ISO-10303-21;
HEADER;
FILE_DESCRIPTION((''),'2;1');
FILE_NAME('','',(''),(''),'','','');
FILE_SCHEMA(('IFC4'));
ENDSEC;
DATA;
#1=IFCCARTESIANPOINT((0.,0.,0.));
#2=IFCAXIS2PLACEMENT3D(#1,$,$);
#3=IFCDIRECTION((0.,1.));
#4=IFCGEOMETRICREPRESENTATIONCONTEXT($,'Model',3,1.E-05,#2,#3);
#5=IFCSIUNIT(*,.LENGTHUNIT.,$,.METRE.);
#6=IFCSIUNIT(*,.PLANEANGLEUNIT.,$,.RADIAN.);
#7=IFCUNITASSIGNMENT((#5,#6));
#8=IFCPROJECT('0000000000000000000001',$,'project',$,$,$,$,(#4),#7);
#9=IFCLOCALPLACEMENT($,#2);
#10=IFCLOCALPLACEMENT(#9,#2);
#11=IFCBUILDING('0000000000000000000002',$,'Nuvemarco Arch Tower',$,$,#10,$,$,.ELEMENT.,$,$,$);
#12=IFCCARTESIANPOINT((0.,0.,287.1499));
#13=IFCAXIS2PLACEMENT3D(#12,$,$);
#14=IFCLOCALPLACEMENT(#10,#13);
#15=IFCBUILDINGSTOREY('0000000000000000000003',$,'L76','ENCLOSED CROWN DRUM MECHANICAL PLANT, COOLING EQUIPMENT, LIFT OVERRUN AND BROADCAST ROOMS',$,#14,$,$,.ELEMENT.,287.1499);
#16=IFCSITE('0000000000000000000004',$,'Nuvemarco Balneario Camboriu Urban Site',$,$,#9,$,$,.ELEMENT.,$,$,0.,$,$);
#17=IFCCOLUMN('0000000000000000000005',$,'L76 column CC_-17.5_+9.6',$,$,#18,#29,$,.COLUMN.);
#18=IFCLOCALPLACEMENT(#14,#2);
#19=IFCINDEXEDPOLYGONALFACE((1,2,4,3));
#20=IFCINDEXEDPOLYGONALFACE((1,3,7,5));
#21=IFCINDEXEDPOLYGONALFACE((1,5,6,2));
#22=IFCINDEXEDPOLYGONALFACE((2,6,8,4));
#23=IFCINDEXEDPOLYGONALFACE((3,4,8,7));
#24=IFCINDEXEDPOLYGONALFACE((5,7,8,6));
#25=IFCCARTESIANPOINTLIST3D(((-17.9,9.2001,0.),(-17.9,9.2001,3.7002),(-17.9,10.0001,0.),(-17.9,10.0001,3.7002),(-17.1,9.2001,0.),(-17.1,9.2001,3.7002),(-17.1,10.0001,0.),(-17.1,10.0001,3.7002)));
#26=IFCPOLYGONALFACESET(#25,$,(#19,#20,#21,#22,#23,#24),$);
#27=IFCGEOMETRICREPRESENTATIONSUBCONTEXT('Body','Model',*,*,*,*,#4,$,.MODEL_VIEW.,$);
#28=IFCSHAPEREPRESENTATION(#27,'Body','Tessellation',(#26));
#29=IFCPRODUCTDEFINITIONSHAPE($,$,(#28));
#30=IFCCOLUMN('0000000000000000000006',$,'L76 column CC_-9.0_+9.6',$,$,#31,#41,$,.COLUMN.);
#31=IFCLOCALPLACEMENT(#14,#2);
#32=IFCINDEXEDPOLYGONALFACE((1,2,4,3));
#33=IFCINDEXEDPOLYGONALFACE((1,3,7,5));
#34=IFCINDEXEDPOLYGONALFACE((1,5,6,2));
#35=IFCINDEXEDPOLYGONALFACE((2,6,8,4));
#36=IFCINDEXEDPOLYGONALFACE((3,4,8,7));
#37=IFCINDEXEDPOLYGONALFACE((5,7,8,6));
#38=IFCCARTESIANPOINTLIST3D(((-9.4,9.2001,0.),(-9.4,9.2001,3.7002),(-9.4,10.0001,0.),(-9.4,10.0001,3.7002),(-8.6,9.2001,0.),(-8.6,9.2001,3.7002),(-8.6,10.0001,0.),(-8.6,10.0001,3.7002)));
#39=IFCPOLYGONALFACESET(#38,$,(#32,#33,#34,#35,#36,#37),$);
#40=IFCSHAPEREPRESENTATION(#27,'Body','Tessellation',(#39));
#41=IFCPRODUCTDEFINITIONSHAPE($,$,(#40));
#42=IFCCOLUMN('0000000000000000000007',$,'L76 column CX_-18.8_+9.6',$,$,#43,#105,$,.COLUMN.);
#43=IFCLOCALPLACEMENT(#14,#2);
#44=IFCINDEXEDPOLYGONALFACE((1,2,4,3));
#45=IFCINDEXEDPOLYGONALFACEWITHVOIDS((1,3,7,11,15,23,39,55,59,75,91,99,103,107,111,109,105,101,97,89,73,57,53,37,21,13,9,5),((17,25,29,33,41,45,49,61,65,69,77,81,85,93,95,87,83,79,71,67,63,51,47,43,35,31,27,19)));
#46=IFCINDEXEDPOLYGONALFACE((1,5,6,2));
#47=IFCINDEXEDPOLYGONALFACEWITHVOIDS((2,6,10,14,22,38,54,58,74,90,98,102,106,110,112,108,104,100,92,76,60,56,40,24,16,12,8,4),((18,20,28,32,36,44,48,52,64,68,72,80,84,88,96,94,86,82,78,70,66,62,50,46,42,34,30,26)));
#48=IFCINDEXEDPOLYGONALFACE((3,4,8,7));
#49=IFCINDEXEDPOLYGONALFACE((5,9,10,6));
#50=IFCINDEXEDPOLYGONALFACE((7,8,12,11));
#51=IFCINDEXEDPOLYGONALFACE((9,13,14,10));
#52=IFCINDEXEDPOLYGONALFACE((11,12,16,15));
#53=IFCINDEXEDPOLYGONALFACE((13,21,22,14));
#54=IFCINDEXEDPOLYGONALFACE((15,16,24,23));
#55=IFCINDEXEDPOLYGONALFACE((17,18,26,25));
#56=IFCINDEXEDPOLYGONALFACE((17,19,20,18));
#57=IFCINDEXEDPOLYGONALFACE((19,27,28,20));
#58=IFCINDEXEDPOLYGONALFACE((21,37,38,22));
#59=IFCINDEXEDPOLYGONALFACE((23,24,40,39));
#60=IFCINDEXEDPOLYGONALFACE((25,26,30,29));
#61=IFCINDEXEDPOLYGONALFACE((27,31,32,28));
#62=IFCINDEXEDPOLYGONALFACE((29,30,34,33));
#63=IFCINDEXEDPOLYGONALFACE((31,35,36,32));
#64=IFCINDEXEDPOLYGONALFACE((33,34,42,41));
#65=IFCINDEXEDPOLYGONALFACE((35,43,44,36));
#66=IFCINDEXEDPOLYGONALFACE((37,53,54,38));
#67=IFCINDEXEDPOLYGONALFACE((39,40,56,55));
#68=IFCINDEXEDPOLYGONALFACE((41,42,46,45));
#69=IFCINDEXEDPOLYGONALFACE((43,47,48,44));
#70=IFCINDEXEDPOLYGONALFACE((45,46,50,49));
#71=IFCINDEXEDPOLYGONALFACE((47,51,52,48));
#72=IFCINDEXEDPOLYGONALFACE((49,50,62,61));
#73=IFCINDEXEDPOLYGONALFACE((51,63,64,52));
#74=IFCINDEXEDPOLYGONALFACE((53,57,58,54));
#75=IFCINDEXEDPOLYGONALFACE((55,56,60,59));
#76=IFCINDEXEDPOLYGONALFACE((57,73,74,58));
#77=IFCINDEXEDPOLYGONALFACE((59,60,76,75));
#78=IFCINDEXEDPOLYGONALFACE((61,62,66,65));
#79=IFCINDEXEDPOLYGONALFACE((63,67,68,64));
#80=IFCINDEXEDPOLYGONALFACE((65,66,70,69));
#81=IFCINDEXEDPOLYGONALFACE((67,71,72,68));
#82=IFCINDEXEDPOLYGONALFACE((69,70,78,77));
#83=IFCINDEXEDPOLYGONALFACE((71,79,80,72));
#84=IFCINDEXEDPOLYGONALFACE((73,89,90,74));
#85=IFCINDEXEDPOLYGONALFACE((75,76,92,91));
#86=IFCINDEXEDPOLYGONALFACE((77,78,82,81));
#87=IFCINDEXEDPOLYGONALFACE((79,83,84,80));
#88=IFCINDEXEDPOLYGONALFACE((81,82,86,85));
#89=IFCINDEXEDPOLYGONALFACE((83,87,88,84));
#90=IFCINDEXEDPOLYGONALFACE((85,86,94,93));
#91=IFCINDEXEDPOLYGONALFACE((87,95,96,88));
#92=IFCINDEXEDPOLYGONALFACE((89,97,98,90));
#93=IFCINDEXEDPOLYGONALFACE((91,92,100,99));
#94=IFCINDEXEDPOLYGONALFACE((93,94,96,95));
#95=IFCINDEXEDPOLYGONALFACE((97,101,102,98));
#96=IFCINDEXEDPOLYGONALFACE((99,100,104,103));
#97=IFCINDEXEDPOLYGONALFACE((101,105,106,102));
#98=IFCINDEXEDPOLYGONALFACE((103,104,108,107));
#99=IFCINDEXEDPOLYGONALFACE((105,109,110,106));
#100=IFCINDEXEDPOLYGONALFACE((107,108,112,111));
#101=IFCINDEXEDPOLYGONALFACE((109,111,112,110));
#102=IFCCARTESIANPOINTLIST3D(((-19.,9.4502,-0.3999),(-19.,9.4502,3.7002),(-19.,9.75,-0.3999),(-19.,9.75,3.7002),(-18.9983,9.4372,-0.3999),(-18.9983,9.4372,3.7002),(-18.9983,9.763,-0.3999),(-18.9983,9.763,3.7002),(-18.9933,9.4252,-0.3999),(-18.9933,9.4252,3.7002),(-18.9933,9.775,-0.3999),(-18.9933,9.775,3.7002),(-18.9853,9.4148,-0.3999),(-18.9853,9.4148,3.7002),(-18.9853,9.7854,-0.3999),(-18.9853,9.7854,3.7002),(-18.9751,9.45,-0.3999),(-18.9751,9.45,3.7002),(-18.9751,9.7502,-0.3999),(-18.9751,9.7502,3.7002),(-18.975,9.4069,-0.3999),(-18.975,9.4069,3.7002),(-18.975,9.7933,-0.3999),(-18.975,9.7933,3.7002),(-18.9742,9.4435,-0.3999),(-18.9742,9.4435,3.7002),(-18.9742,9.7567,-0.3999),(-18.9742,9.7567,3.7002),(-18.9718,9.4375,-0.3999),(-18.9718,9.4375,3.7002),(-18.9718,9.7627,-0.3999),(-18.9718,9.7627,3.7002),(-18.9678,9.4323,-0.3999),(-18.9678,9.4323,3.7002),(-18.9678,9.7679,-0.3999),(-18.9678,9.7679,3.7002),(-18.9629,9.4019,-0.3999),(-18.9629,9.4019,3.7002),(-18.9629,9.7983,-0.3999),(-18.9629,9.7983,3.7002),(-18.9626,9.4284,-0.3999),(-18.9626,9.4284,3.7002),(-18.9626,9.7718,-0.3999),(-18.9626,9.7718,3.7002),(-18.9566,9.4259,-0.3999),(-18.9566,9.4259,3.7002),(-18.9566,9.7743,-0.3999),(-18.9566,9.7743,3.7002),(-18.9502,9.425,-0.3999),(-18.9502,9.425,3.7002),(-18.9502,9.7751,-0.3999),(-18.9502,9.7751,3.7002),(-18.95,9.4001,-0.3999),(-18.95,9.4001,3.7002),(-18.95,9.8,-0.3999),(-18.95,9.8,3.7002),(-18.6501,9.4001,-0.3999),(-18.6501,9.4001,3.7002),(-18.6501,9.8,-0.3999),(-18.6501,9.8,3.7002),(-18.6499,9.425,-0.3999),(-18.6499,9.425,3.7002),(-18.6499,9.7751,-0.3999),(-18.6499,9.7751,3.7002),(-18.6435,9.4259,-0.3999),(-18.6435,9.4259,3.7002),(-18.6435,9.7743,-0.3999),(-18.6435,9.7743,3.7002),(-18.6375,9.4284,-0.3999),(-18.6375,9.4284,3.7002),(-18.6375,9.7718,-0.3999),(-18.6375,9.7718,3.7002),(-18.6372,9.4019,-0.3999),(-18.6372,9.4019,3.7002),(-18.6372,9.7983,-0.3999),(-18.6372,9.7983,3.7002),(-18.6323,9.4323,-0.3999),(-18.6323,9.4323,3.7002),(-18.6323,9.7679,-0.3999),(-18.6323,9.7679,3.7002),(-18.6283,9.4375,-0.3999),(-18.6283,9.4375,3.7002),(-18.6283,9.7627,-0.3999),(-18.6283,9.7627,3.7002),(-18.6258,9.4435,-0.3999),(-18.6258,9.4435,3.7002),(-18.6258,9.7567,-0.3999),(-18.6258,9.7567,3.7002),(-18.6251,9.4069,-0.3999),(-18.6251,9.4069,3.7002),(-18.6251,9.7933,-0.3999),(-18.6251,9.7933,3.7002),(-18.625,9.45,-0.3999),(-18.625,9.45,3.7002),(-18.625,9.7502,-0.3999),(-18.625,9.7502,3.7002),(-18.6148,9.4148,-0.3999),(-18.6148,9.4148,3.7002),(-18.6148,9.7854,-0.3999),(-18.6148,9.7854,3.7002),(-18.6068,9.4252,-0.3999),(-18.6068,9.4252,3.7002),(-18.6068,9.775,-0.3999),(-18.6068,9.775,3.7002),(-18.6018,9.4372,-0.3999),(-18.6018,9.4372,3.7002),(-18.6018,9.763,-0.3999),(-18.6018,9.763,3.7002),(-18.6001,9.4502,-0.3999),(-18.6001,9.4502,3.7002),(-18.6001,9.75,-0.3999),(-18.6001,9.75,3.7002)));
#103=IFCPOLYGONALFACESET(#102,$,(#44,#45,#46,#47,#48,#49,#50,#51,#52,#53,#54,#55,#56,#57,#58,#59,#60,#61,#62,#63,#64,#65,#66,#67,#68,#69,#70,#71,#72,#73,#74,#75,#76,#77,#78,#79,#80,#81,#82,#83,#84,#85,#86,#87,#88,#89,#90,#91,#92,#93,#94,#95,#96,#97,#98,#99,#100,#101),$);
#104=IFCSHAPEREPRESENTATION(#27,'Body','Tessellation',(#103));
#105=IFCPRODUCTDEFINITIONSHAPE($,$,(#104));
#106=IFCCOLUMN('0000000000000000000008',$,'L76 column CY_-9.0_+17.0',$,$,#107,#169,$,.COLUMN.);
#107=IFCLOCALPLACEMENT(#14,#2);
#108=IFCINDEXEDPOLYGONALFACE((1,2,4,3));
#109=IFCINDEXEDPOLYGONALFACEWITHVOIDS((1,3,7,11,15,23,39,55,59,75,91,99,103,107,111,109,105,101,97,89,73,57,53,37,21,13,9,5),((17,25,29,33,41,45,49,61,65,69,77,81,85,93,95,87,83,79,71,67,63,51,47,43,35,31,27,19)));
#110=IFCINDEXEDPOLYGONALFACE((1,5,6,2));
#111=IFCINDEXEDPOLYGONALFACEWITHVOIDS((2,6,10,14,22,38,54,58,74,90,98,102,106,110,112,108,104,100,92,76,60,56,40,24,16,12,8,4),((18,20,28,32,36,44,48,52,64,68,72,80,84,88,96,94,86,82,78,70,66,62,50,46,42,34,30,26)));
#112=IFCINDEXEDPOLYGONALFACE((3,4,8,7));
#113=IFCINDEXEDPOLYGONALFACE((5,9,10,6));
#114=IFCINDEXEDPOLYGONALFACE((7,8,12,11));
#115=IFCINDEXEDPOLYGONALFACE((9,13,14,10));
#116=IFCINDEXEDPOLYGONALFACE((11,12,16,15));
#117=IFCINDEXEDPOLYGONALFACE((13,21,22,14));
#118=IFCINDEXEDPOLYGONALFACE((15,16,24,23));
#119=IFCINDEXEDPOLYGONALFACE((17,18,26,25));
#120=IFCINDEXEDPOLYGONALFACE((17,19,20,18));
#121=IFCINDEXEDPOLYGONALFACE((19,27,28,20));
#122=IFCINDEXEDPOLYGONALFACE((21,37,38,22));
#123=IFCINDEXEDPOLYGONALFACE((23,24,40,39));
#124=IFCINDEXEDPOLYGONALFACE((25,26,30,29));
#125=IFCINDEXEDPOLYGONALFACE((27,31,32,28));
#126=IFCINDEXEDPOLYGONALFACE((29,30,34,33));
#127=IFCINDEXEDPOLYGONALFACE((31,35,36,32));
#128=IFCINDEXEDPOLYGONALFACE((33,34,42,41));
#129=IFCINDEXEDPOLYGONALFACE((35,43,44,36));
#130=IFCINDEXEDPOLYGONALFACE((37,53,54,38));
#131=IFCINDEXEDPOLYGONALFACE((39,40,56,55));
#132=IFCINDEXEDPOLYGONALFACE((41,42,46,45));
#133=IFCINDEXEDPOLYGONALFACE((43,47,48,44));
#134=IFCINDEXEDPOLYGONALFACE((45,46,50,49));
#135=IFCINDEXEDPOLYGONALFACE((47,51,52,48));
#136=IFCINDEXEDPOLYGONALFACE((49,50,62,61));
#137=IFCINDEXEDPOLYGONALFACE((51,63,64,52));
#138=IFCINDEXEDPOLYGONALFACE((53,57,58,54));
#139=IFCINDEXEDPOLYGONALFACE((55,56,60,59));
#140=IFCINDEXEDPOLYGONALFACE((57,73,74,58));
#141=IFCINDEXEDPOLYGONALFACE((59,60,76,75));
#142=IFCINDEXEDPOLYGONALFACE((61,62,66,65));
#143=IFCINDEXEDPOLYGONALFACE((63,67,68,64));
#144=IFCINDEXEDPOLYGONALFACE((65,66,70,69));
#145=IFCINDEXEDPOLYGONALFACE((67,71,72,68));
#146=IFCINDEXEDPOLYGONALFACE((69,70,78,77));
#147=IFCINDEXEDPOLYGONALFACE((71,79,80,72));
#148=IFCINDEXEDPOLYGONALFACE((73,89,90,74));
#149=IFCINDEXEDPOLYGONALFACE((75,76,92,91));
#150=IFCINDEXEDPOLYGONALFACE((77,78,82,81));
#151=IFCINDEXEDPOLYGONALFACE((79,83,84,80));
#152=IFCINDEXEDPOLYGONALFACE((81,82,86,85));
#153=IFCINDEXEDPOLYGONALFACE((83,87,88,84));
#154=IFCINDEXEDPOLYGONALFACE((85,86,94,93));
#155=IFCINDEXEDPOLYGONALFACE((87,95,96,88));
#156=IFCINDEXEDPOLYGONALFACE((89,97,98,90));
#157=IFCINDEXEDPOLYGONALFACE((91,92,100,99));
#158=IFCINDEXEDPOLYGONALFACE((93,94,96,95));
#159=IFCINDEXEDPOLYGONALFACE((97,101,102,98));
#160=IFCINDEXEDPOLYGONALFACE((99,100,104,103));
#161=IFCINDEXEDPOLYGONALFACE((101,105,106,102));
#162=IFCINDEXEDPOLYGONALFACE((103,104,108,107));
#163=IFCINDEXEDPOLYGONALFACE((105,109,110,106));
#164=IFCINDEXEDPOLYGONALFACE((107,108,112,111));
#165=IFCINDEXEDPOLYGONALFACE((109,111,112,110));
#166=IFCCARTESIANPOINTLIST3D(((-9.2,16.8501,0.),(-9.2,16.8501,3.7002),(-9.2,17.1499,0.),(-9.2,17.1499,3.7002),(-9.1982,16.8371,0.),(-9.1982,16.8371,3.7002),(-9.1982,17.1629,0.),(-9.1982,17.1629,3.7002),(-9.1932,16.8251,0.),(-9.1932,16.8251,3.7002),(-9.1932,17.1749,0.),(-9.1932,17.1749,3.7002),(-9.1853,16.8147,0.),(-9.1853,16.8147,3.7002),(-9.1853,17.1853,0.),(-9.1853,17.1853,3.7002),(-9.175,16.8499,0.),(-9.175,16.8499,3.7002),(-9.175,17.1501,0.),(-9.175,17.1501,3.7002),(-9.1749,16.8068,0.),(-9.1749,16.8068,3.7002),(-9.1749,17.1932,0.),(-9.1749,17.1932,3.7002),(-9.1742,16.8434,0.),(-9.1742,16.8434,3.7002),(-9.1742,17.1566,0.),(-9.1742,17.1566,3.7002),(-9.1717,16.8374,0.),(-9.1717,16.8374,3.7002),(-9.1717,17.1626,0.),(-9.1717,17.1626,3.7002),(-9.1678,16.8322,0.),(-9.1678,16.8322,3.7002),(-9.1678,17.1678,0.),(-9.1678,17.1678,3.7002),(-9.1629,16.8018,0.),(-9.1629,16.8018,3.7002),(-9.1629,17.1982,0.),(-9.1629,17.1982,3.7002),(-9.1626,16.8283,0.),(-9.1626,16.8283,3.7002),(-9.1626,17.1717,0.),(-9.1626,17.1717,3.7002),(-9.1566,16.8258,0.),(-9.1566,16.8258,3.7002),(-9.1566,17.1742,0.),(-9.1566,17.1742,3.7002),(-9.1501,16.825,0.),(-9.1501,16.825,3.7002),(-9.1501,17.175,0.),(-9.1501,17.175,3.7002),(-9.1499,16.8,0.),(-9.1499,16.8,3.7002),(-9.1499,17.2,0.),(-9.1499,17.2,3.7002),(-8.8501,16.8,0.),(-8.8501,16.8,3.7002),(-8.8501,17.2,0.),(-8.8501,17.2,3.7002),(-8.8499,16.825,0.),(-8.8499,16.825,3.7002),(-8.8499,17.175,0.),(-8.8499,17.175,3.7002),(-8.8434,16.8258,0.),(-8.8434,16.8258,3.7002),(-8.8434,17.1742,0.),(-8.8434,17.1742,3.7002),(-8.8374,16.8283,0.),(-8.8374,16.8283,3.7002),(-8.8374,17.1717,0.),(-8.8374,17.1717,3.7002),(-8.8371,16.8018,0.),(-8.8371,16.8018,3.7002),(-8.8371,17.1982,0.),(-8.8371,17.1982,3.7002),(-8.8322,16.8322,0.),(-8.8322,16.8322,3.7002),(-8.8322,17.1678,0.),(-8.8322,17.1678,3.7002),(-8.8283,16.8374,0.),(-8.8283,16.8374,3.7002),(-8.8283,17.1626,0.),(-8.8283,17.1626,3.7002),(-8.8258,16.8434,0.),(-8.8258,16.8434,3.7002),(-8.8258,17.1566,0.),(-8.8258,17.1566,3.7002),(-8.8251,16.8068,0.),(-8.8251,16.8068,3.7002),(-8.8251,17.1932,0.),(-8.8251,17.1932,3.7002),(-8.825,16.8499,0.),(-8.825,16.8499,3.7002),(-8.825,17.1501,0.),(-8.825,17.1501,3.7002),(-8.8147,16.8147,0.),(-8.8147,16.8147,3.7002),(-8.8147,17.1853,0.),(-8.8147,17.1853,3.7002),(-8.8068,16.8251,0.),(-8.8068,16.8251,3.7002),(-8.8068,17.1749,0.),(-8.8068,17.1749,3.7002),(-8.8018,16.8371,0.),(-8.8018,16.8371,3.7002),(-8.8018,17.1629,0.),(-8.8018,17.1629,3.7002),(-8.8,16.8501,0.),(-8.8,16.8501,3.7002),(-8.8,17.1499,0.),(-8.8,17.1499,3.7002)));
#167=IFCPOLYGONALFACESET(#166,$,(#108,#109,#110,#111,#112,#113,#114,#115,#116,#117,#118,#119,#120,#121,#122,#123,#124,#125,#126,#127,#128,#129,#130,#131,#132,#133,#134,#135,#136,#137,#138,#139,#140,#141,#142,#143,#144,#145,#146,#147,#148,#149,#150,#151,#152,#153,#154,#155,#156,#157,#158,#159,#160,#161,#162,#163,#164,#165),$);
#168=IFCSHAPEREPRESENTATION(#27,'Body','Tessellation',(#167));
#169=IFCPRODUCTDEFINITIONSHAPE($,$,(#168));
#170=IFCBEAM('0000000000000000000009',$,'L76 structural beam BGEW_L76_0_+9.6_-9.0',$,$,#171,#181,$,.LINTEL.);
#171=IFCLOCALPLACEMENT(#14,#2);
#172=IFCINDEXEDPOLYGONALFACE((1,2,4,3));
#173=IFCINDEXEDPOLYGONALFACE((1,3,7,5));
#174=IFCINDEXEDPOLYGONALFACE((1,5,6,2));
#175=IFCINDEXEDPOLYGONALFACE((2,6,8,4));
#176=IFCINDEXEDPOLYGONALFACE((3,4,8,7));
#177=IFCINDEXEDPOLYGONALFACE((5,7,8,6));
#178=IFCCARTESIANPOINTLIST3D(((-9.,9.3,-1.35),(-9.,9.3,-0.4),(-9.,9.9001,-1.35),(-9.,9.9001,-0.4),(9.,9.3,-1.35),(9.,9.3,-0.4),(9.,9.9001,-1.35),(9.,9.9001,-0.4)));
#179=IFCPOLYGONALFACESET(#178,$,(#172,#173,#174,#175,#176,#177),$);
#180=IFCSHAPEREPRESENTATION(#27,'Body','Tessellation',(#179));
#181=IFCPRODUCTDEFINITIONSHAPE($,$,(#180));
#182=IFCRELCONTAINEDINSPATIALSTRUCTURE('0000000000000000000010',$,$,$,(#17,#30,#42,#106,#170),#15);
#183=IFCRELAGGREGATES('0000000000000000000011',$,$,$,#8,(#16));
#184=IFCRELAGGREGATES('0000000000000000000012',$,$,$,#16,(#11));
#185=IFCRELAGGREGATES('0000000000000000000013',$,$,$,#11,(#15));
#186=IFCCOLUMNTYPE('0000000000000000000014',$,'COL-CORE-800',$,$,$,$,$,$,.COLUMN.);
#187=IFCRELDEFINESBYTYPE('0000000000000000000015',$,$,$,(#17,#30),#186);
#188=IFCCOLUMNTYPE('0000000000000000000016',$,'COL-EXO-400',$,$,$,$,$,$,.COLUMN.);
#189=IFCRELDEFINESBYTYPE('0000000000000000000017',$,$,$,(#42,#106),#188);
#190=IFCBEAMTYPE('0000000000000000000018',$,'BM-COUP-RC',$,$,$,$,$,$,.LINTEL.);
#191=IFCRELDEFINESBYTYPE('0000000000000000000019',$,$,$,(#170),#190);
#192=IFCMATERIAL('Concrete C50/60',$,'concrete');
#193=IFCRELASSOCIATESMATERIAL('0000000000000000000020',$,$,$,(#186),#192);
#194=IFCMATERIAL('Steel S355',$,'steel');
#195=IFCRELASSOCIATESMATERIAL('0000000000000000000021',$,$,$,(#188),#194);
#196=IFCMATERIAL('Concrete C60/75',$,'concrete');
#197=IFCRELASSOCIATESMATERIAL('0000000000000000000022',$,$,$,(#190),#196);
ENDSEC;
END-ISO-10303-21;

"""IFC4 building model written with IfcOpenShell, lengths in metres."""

from ifc_helpers import new_model, si_unit, direction, frame, origin, origin_2d, place, context, subcontext, project, spatial, rectangle, hollow_rectangle, extrude, material, material_profile, profile_set, type_object, element, save


model = new_model("IFC4")

# Units and contexts
model_context = context("Model", 3, precision=1e-05, world=origin(), true_north=direction((0.0, 1.0)))
body_context = subcontext(model_context, "Body", "Model", "MODEL_VIEW")
ifc_project = project(units=[si_unit("LENGTHUNIT", "METRE"), si_unit("PLANEANGLEUNIT", "RADIAN")], contexts=[model_context])

# Site, building, storey
site_placement = place(None, origin())
site = spatial("IfcSite", under=ifc_project, at=site_placement, Name="Nuvemarco Balneario Camboriu Urban Site", CompositionType="ELEMENT", RefElevation=0.0)
building_placement = place(site_placement, origin())
building = spatial("IfcBuilding", under=site, at=building_placement, Name="Nuvemarco Arch Tower", CompositionType="ELEMENT")
storey_placement = place(building_placement, frame((0.0, 0.0, 287.1499)))
storey = spatial("IfcBuildingStorey", under=building, at=storey_placement, Name="L76", Description="ENCLOSED CROWN DRUM MECHANICAL PLANT, COOLING EQUIPMENT, LIFT OVERRUN AND BROADCAST ROOMS", CompositionType="ELEMENT", Elevation=287.1499)

# Columns
ifc_material_1 = material(Name="Concrete C50/60", Category="concrete")
ifc_material_profile_1 = material_profile(ifc_material_1, rectangle(XDim=0.8, YDim=0.8, at=origin_2d()), Name="RC-COL-800x800")
ifc_profile_set_1 = profile_set([ifc_material_profile_1], Name="Concrete C50/60")
column_type_1 = type_object("IfcColumnType", Name="COL-CORE-800", PredefinedType="COLUMN", material=ifc_profile_set_1)
for number, where, z_axis, x_axis, name in (
    (1, (-17.5, 9.6001, 0.0), (0.0, 0.0, 1.0), (1.0, 0.0, 0.0), "L76 column CC_-17.5_+9.6"),
    (2, (-9.0, 9.6001, 0.0), (0.0, 0.0, 1.0), (1.0, 0.0, 0.0), "L76 column CC_-9.0_+9.6"),
):
    element("IfcColumn", number, at=place(storey_placement, frame(where, z_axis=z_axis, x_axis=x_axis)), inside=storey, type_object=column_type_1, Name=name, PredefinedType="COLUMN", context=body_context, shape_type="SweptSolid", body=[
        extrude(rectangle(XDim=0.8, YDim=0.8, at=origin_2d()), origin(), (0.0, 0.0, 1.0), 3.7002),
    ])
ifc_material_2 = material(Name="Steel S355", Category="steel")
ifc_material_profile_2 = material_profile(ifc_material_2, hollow_rectangle(XDim=0.3999, YDim=0.3999, WallThickness=0.0249, InnerFilletRadius=0.0249, OuterFilletRadius=0.05, at=origin_2d()), Name="SHS400x400x25")
ifc_profile_set_2 = profile_set([ifc_material_profile_2], Name="Steel S355")
column_type_2 = type_object("IfcColumnType", Name="COL-EXO-400", PredefinedType="COLUMN", material=ifc_profile_set_2)
column_1_placement = place(storey_placement, frame((-18.8, 9.6001, -0.3999), z_axis=(0.0, 0.0, 1.0), x_axis=(1.0, 0.0, 0.0)))
element("IfcColumn", 3, at=column_1_placement, inside=storey, type_object=column_type_2, Name="L76 column CX_-18.8_+9.6", PredefinedType="COLUMN", context=body_context, shape_type="SweptSolid", body=[
    extrude(hollow_rectangle(XDim=0.3999, YDim=0.3999, WallThickness=0.0249, InnerFilletRadius=0.0249, OuterFilletRadius=0.05, at=origin_2d()), origin(), (0.0, 0.0, 1.0), 4.1001),
])
column_2_placement = place(storey_placement, frame((-9.0, 17.0, 0.0), z_axis=(0.0, 0.0, 1.0), x_axis=(1.0, 0.0, 0.0)))
element("IfcColumn", 4, at=column_2_placement, inside=storey, type_object=column_type_2, Name="L76 column CY_-9.0_+17.0", PredefinedType="COLUMN", context=body_context, shape_type="SweptSolid", body=[
    extrude(hollow_rectangle(XDim=0.3999, YDim=0.3999, WallThickness=0.0249, InnerFilletRadius=0.0249, OuterFilletRadius=0.05, at=origin_2d()), origin(), (0.0, 0.0, 1.0), 3.7002),
])

# Beam
ifc_material_3 = material(Name="Concrete C60/75", Category="concrete")
ifc_material_profile_3 = material_profile(ifc_material_3, rectangle(XDim=0.6001, YDim=0.95, at=origin_2d()), Name="RC-BM-600x950")
ifc_profile_set_3 = profile_set([ifc_material_profile_3], Name="Concrete C60/75")
beam_type_1 = type_object("IfcBeamType", Name="BM-COUP-RC", PredefinedType="LINTEL", material=ifc_profile_set_3)
beam_1_placement = place(storey_placement, frame((-9.0, 9.6001, -0.875), z_axis=(1.0, 0.0, 0.0), x_axis=(0.0, 1.0, 0.0)))
element("IfcBeam", 5, at=beam_1_placement, inside=storey, type_object=beam_type_1, Name="L76 structural beam BGEW_L76_0_+9.6_-9.0", PredefinedType="LINTEL", context=body_context, shape_type="SweptSolid", body=[
    extrude(rectangle(XDim=0.6001, YDim=0.95, at=origin_2d()), origin(), (0.0, 0.0, 1.0), 18.0),
])

save(model, "model.ifc")
